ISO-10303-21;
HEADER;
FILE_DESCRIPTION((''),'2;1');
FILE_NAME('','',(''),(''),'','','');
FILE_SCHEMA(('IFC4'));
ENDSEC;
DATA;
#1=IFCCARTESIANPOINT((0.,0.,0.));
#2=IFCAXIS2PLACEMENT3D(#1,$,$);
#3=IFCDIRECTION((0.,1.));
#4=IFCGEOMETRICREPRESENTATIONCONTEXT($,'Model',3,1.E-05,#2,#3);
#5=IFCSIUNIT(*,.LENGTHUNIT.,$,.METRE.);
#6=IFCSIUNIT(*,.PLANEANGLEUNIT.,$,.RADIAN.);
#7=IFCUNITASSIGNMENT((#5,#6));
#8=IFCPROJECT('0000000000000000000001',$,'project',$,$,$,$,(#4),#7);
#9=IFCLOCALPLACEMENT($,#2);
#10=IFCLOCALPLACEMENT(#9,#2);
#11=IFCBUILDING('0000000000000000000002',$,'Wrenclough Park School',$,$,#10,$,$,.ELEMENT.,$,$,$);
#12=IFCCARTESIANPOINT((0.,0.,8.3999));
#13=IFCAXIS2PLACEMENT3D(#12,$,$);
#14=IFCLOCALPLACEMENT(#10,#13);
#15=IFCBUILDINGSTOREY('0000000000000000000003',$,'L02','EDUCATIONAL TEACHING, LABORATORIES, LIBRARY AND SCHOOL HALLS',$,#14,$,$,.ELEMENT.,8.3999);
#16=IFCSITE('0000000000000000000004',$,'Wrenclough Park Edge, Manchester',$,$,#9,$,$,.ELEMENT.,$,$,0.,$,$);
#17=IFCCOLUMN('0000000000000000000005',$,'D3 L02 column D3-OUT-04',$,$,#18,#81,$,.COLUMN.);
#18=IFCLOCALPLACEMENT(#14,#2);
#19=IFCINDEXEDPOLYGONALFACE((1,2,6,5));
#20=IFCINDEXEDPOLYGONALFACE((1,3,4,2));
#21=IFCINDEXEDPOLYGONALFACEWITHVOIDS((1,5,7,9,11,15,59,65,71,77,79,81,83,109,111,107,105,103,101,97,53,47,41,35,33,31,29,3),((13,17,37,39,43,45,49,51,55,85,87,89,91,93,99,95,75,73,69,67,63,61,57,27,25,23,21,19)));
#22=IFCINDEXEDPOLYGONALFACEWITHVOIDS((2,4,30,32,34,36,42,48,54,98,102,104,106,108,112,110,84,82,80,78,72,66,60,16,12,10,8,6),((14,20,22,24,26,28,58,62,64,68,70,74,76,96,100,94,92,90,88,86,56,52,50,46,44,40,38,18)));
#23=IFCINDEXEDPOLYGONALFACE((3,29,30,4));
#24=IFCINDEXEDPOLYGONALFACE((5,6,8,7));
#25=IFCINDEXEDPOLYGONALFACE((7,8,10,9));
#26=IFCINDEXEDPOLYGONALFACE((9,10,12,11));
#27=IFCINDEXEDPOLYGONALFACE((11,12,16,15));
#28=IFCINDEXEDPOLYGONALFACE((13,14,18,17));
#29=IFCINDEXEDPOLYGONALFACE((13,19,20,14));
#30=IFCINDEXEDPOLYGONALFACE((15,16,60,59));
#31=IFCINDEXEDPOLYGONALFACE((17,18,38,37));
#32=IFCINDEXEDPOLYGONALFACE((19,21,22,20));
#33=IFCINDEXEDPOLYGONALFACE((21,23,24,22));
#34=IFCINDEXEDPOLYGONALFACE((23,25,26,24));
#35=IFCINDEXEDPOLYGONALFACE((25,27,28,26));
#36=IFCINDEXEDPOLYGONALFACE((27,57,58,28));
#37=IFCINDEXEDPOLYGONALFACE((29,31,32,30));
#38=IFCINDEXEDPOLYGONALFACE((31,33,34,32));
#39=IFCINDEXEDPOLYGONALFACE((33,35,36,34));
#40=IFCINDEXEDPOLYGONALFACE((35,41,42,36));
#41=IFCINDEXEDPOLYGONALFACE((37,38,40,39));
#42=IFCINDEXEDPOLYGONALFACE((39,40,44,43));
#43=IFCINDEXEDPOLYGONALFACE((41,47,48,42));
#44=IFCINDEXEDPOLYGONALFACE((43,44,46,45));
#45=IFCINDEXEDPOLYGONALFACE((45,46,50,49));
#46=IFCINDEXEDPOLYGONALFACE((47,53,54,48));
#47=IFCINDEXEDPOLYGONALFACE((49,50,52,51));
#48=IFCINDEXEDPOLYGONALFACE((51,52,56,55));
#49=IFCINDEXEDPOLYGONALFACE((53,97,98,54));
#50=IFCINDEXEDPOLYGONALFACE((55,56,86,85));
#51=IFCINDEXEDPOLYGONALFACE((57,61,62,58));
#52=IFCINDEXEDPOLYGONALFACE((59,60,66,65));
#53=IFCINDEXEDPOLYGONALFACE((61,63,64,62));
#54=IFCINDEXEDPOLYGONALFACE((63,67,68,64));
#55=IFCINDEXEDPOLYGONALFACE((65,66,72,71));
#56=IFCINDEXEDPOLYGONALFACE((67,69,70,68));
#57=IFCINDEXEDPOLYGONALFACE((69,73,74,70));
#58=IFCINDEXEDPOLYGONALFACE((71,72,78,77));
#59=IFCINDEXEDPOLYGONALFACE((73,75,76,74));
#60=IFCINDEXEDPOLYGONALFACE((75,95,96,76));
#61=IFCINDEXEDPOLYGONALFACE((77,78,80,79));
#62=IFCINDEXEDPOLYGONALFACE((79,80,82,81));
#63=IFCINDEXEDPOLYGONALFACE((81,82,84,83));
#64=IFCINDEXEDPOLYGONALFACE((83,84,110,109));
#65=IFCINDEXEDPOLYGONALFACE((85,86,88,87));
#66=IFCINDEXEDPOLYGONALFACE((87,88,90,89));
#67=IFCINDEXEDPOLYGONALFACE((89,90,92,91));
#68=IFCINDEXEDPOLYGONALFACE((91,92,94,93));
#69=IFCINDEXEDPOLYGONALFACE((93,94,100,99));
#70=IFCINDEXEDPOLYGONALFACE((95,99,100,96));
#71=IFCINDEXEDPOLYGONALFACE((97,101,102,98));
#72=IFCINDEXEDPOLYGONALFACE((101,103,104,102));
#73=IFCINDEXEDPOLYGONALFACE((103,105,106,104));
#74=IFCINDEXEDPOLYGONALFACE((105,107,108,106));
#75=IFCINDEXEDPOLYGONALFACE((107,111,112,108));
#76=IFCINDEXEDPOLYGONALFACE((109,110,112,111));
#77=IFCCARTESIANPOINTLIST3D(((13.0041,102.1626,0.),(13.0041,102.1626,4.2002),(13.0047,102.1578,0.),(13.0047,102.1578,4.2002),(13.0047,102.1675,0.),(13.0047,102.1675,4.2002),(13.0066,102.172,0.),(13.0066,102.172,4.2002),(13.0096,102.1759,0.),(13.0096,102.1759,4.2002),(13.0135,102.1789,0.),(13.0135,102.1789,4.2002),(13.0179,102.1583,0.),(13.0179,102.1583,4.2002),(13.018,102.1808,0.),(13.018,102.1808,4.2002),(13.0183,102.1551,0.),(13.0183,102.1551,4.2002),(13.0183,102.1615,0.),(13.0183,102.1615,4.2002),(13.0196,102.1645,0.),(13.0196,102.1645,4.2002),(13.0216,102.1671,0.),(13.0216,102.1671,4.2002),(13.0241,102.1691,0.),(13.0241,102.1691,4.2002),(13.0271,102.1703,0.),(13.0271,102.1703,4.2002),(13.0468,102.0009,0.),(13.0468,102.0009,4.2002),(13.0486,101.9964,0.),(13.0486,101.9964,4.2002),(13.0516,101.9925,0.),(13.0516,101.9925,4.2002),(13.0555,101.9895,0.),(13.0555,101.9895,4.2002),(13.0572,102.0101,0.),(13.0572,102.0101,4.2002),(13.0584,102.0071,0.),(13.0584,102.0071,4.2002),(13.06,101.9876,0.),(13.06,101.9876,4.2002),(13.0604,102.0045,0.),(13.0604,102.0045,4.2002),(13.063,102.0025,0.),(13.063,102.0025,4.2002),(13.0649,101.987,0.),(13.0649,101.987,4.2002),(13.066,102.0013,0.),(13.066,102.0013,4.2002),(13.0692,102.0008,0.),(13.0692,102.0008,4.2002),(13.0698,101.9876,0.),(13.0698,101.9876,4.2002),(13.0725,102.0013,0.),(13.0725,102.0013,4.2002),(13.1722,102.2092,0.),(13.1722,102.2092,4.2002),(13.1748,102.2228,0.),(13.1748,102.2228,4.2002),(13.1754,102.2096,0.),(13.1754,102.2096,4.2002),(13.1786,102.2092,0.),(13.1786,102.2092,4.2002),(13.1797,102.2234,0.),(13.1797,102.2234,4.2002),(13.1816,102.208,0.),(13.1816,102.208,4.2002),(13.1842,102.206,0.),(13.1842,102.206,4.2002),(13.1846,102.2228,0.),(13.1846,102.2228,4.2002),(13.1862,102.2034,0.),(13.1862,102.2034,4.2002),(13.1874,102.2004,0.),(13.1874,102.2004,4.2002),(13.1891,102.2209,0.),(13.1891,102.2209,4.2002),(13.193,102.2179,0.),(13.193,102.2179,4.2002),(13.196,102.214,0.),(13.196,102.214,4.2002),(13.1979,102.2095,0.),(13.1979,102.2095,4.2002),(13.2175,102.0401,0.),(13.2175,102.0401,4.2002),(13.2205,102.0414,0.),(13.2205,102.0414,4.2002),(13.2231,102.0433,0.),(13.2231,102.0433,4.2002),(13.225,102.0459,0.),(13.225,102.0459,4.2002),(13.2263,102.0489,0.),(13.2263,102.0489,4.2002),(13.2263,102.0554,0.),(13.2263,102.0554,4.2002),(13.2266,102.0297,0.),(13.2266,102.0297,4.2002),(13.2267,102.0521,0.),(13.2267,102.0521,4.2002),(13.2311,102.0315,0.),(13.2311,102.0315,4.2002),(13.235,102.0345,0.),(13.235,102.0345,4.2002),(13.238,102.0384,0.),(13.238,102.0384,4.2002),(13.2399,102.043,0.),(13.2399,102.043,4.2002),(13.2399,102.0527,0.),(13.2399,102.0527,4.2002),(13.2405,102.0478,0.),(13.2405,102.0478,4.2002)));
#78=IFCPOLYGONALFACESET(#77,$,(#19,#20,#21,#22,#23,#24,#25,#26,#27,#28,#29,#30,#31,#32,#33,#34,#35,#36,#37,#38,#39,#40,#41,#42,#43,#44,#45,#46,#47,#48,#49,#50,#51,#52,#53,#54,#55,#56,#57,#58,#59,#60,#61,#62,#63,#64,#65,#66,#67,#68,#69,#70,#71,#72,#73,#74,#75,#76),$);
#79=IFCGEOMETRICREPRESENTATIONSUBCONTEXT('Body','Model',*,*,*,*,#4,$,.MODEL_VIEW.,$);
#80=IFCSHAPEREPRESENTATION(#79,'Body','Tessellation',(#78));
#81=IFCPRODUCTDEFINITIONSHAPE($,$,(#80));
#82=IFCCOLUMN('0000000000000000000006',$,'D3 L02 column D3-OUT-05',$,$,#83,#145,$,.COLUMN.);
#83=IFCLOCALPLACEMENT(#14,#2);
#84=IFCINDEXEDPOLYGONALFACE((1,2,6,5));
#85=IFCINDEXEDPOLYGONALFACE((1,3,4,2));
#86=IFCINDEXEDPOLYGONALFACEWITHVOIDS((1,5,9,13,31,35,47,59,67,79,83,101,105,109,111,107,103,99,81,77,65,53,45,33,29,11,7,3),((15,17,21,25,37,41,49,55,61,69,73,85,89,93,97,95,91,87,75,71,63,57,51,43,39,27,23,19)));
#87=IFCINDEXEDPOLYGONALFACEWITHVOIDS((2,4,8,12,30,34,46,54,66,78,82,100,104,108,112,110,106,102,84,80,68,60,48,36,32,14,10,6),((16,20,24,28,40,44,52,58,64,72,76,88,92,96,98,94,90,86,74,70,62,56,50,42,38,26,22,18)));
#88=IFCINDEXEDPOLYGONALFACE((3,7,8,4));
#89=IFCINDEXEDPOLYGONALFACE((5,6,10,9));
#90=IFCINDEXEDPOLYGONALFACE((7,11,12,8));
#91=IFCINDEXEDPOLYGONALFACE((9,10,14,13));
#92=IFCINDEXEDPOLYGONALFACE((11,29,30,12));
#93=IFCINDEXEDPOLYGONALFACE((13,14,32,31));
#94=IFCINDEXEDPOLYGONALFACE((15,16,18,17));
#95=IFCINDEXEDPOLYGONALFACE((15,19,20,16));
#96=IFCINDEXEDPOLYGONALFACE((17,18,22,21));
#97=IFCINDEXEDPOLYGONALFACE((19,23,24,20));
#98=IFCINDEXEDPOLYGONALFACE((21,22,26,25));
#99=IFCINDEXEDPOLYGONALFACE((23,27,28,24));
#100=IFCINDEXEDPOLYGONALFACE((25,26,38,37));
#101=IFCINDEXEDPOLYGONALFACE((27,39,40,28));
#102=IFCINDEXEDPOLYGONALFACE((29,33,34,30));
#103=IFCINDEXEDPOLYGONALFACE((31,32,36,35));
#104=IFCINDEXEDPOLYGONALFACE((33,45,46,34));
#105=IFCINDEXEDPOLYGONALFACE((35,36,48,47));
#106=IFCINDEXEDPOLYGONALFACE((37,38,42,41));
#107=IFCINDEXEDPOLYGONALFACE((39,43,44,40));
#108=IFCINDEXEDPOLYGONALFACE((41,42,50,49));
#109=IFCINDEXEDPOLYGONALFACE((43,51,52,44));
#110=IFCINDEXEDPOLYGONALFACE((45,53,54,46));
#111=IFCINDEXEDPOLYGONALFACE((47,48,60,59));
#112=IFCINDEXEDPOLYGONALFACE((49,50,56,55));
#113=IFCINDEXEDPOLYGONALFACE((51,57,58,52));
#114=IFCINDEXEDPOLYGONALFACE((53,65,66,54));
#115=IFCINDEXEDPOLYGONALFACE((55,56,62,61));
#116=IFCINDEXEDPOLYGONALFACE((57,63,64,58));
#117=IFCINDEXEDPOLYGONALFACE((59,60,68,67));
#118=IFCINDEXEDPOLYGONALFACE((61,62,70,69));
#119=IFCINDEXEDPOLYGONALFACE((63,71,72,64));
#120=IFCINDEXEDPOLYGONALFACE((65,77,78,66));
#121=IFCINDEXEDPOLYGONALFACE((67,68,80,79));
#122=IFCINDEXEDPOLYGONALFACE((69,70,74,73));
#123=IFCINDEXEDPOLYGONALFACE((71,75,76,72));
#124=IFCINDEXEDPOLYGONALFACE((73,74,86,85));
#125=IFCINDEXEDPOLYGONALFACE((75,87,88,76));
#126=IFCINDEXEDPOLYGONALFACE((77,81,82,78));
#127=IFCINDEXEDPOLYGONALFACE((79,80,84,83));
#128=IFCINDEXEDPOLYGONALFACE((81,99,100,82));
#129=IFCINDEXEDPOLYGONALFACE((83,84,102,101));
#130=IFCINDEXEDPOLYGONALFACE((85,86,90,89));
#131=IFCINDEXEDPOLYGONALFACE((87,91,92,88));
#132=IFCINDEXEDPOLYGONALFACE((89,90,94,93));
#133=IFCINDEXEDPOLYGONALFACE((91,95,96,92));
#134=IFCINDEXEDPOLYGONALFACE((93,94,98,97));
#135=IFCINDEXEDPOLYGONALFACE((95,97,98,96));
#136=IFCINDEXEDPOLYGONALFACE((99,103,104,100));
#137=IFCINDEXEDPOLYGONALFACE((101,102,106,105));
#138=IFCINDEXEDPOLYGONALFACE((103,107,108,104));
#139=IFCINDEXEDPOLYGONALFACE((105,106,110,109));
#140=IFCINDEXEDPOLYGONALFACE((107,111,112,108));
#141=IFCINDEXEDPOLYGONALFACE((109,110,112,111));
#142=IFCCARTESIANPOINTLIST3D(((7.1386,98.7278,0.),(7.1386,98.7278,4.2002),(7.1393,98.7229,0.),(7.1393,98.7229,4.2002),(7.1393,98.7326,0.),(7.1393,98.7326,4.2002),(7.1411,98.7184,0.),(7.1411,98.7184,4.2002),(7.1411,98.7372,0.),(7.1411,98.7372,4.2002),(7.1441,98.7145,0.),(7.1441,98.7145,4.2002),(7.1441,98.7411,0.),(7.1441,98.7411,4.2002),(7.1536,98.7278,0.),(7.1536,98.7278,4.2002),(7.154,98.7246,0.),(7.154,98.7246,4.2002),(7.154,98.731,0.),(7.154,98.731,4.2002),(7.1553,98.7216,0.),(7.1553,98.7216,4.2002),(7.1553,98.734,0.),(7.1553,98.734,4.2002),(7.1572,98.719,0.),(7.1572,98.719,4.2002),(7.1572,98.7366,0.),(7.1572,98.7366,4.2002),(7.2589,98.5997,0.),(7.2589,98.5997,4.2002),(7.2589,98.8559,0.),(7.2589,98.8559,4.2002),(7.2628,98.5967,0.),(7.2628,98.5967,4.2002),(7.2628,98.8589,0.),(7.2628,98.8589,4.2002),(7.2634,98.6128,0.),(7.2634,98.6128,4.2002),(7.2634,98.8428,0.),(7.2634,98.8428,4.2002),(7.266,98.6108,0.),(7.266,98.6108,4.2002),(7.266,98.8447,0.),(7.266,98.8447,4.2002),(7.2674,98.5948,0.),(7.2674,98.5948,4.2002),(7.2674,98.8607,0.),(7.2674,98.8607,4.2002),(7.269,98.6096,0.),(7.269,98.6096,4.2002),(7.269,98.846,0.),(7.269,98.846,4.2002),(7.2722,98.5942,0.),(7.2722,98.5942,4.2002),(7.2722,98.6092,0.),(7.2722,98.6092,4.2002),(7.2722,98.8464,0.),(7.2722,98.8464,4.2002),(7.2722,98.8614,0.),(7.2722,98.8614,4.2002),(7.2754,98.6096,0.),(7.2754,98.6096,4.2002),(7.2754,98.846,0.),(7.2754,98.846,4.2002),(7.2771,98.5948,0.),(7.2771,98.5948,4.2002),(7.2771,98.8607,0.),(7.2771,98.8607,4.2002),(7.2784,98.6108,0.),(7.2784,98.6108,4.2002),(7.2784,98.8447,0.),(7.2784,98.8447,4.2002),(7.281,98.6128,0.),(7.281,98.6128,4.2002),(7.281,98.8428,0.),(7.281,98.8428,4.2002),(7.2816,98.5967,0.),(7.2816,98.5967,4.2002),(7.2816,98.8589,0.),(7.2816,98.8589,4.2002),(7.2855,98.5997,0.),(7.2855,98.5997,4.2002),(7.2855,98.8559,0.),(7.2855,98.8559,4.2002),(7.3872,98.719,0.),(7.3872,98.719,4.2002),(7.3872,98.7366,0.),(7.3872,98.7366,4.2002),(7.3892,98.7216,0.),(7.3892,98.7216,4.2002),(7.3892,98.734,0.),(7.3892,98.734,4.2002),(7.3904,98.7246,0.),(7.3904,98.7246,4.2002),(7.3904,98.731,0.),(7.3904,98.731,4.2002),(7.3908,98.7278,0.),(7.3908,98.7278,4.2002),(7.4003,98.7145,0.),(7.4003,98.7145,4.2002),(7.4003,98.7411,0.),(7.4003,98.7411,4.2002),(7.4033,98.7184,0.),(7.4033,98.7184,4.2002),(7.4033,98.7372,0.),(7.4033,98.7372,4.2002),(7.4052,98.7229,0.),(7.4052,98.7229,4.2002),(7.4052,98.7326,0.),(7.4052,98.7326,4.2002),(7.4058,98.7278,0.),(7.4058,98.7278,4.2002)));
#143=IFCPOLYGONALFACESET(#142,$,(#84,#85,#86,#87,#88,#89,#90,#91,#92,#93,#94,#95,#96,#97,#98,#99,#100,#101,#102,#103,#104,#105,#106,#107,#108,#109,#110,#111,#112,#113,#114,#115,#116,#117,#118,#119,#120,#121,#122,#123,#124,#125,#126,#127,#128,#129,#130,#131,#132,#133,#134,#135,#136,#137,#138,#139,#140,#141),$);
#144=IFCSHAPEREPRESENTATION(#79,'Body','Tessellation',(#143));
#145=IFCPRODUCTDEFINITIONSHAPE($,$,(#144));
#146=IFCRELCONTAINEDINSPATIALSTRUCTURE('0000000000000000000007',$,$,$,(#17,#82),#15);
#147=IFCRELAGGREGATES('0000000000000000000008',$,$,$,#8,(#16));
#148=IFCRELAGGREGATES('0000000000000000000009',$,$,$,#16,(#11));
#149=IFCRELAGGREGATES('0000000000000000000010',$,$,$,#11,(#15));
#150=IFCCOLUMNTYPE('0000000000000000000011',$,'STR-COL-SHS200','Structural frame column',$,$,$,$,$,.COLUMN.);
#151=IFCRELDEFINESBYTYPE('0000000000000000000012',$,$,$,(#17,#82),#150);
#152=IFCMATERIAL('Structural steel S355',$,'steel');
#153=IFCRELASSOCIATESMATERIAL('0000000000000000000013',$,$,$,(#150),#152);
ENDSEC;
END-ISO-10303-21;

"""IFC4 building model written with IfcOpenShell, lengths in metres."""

from ifc_helpers import new_model, si_unit, direction, frame, origin, origin_2d, place, context, subcontext, project, spatial, hollow_rectangle, extrude, material, material_profile, profile_set, type_object, element, save


model = new_model("IFC4")

# Units and contexts
model_context = context("Model", 3, precision=1e-05, world=origin(), true_north=direction((0.0, 1.0)))
body_context = subcontext(model_context, "Body", "Model", "MODEL_VIEW")
ifc_project = project(units=[si_unit("LENGTHUNIT", "METRE"), si_unit("PLANEANGLEUNIT", "RADIAN")], contexts=[model_context])

# Site, building, storey
site_placement = place(None, origin())
site = spatial("IfcSite", under=ifc_project, at=site_placement, Name="Wrenclough Park Edge, Manchester", CompositionType="ELEMENT", RefElevation=0.0)
building_placement = place(site_placement, origin())
building = spatial("IfcBuilding", under=site, at=building_placement, Name="Wrenclough Park School", CompositionType="ELEMENT")
storey_placement = place(building_placement, frame((0.0, 0.0, 8.3999)))
storey = spatial("IfcBuildingStorey", under=building, at=storey_placement, Name="L02", Description="EDUCATIONAL TEACHING, LABORATORIES, LIBRARY AND SCHOOL HALLS", CompositionType="ELEMENT", Elevation=8.3999)

# Columns
ifc_material_1 = material(Name="Structural steel S355", Category="steel")
ifc_material_profile_1 = material_profile(ifc_material_1, hollow_rectangle(XDim=0.2, YDim=0.2, WallThickness=0.0125, InnerFilletRadius=0.0125, OuterFilletRadius=0.0188, at=origin_2d()), Name="SHS 200x200x12.5")
ifc_profile_set_1 = profile_set([ifc_material_profile_1], Name="Structural steel S355")
column_type = type_object("IfcColumnType", Name="STR-COL-SHS200", Description="Structural frame column", PredefinedType="COLUMN", material=ifc_profile_set_1)
for number, where, z_axis, x_axis, name in (
    (1, (13.1223, 102.1052, 0.0), (0.0, 0.0, 1.0), (-0.965926, -0.258819, 0.0), "D3 L02 column D3-OUT-04"),
    (2, (7.2722, 98.7278, 0.0), (0.0, 0.0, 1.0), (-0.707107, -0.707107, 0.0), "D3 L02 column D3-OUT-05"),
):
    element("IfcColumn", number, at=place(storey_placement, frame(where, z_axis=z_axis, x_axis=x_axis)), inside=storey, type_object=column_type, Name=name, PredefinedType="COLUMN", context=body_context, shape_type="SweptSolid", body=[
        extrude(hollow_rectangle(XDim=0.2, YDim=0.2, WallThickness=0.0125, InnerFilletRadius=0.0125, OuterFilletRadius=0.0188, at=origin_2d()), origin(), (0.0, 0.0, 1.0), 4.2002),
    ])

save(model, "model.ifc")
